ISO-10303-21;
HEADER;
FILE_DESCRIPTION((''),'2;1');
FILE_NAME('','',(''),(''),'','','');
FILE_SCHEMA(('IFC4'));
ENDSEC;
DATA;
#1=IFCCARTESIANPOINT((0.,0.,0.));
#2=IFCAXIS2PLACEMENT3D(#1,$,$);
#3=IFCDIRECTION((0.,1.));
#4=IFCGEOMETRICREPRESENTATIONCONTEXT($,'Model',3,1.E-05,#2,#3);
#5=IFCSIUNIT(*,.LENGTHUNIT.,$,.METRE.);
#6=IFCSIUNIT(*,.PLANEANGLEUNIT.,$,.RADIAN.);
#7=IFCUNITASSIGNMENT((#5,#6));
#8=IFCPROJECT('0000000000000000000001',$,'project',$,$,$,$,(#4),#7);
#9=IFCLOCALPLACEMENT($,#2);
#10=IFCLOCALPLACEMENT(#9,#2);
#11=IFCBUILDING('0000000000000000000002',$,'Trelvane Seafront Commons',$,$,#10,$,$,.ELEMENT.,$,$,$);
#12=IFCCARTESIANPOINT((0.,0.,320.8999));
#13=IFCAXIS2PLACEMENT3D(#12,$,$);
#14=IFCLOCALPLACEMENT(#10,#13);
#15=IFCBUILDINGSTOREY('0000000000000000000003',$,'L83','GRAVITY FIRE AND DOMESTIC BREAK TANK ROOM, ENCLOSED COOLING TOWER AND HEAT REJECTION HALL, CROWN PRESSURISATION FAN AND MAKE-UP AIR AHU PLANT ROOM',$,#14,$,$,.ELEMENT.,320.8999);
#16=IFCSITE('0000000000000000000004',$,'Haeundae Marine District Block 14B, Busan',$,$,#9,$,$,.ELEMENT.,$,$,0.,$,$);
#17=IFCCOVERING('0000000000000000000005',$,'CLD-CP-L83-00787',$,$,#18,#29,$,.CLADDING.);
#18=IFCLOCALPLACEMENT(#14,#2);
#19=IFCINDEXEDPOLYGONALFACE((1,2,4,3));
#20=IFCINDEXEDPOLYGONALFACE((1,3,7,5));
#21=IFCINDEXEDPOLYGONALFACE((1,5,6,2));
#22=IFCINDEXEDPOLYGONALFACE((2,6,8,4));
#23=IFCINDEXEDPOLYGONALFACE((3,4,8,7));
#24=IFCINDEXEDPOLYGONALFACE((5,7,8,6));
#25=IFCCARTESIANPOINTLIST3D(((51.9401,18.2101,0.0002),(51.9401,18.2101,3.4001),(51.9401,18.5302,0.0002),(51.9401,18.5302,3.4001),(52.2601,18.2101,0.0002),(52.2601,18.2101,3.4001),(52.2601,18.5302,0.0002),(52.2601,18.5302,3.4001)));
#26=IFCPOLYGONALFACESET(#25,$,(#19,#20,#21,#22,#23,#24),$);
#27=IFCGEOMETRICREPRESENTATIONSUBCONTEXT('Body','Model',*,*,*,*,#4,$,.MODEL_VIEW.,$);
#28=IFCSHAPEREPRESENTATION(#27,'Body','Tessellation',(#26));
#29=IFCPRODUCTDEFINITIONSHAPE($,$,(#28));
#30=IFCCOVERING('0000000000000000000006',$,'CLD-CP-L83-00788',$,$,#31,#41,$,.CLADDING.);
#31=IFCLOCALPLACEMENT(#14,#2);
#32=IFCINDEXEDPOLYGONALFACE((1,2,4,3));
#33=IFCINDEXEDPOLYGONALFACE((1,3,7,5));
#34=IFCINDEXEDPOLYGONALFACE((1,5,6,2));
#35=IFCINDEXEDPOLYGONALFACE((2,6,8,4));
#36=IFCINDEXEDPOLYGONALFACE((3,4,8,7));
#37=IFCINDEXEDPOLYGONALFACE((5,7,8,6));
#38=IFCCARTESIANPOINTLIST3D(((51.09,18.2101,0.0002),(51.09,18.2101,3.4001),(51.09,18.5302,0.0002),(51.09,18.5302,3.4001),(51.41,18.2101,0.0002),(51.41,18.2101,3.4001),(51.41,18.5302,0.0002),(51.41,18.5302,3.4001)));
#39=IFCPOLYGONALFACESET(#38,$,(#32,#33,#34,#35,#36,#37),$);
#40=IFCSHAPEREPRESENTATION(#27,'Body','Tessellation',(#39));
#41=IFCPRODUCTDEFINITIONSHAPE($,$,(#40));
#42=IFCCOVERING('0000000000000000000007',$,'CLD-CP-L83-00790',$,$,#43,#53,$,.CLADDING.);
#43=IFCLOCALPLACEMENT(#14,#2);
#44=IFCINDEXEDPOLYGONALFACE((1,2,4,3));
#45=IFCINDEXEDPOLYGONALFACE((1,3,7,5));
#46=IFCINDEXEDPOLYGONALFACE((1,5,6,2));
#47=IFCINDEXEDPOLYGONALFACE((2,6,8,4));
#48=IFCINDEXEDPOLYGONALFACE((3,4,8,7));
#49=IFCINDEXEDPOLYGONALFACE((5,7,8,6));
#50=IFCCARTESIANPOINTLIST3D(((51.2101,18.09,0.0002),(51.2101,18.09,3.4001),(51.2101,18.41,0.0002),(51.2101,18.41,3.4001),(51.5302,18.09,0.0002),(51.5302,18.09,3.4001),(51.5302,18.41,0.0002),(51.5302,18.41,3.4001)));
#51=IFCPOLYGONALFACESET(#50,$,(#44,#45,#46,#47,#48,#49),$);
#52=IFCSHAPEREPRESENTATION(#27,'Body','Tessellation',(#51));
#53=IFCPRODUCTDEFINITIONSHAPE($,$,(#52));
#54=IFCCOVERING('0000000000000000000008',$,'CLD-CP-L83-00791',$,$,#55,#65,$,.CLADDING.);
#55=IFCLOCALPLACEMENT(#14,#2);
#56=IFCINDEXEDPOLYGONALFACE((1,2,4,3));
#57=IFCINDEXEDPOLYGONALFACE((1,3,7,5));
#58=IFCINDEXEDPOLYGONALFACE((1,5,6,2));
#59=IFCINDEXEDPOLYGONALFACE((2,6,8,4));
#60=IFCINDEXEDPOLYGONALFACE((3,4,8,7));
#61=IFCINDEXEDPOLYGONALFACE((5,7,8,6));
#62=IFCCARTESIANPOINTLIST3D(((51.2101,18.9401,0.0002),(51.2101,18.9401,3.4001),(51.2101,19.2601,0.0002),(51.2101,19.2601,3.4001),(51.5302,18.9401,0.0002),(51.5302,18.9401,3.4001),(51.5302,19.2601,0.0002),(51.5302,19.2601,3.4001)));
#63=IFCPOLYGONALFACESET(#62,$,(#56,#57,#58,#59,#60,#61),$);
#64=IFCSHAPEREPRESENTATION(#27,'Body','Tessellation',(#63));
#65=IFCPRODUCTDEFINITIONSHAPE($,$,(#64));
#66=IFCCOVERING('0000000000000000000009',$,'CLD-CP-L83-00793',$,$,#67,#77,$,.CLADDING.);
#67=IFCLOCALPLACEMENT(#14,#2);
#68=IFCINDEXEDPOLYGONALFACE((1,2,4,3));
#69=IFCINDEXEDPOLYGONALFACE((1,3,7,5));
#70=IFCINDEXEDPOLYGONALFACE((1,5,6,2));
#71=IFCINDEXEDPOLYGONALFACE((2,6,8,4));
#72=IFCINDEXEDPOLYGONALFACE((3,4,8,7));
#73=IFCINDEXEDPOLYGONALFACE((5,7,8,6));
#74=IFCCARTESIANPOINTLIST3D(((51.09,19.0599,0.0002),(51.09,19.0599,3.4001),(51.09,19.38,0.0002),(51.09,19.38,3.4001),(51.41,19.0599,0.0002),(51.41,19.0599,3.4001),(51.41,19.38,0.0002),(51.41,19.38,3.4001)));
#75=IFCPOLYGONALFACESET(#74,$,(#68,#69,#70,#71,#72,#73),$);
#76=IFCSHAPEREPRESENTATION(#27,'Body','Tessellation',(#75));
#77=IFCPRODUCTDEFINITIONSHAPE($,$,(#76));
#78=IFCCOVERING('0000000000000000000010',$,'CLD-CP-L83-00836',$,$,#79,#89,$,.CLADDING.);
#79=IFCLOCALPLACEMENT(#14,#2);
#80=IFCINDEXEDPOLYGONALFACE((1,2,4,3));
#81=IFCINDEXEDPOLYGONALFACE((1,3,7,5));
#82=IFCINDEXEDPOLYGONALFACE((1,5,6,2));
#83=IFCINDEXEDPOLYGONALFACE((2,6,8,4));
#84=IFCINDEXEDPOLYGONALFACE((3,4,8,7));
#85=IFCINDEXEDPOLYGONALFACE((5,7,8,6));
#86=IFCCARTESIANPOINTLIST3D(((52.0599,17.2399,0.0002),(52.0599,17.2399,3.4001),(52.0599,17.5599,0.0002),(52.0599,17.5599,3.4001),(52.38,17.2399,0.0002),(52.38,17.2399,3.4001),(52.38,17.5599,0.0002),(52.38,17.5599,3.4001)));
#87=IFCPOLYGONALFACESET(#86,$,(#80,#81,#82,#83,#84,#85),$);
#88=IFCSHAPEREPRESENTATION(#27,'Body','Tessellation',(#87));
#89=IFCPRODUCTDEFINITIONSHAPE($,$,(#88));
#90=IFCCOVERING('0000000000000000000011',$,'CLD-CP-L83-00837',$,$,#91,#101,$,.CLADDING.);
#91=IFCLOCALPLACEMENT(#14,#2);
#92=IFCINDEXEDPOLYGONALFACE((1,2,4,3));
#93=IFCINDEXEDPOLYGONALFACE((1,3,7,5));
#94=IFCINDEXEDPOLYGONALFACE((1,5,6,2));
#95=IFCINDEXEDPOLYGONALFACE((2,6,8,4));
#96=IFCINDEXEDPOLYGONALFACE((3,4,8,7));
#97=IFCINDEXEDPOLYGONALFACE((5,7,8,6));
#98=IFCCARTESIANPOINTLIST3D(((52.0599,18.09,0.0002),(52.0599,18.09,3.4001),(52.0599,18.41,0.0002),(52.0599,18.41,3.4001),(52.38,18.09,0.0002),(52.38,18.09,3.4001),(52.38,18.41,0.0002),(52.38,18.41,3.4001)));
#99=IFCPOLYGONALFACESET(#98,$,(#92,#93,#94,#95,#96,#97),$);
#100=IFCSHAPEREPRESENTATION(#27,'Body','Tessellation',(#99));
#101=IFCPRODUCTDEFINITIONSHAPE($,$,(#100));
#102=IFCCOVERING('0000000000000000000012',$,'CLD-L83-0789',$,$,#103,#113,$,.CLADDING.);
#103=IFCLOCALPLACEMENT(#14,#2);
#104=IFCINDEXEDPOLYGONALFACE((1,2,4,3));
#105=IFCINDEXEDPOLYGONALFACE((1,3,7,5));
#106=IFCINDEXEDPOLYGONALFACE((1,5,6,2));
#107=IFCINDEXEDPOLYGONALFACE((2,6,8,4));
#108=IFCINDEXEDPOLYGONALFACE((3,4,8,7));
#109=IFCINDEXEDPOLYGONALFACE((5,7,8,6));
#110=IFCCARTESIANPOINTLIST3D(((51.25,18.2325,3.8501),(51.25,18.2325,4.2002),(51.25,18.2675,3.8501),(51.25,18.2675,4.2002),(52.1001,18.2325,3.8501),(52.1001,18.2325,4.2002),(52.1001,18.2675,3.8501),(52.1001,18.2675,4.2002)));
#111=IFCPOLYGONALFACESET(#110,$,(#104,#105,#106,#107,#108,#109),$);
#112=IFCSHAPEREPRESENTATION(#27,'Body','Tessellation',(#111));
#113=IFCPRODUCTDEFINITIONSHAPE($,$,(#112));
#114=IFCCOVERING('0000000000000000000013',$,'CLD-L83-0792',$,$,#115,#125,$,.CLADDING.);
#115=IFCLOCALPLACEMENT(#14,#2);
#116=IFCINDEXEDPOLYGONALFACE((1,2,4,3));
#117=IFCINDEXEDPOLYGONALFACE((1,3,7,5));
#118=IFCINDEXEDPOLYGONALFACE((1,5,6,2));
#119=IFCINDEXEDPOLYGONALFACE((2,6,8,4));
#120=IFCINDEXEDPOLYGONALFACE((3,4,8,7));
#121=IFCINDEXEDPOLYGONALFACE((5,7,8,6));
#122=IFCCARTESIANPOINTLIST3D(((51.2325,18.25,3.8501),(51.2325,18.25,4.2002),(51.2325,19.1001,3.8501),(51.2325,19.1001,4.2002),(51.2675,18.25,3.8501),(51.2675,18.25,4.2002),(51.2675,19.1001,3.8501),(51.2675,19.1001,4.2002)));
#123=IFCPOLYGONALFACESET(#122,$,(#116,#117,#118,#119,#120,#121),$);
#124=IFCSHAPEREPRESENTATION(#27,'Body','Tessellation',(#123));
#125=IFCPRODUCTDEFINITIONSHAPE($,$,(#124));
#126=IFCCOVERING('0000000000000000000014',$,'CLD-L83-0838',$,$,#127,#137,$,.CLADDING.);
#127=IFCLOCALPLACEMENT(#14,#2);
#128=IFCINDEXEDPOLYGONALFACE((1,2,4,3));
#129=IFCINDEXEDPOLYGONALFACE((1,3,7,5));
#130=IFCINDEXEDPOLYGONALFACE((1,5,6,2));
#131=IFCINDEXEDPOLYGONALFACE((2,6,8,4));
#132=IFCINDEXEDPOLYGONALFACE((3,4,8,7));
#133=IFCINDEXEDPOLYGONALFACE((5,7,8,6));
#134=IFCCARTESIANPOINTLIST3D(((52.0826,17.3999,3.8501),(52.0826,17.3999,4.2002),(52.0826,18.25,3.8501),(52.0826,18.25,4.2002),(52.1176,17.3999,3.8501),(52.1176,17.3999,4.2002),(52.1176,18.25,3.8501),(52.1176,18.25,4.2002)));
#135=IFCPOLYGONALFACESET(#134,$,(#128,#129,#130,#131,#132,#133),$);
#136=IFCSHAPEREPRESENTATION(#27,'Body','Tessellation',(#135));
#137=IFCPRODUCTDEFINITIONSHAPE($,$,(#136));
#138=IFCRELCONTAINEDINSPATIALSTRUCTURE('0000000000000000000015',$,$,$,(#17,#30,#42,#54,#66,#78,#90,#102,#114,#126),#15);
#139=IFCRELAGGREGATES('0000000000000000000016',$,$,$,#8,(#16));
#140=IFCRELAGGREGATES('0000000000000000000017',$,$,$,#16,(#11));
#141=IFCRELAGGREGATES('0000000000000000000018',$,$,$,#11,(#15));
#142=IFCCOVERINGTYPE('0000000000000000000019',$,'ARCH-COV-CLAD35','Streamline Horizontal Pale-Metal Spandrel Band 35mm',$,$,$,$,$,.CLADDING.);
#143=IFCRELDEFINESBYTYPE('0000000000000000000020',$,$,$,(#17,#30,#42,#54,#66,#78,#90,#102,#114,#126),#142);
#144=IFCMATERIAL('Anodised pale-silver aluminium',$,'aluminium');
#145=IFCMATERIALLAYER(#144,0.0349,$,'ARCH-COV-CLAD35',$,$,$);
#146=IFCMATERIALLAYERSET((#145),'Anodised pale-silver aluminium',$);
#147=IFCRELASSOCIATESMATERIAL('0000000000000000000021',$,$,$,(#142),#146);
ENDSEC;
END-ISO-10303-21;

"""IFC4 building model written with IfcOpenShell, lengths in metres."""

from ifc_helpers import new_model, si_unit, direction, frame, origin, origin_2d, place, context, subcontext, project, spatial, rectangle, extrude, source, transform, mapped, material, layer, layer_set, type_object, element, save


model = new_model("IFC4")

# Units and contexts
model_context = context("Model", 3, precision=1e-05, world=origin(), true_north=direction((0.0, 1.0)))
body_context = subcontext(model_context, "Body", "Model", "MODEL_VIEW")
ifc_project = project(units=[si_unit("LENGTHUNIT", "METRE"), si_unit("PLANEANGLEUNIT", "RADIAN")], contexts=[model_context])

# Site, building, storey
site_placement = place(None, origin())
site = spatial("IfcSite", under=ifc_project, at=site_placement, Name="Haeundae Marine District Block 14B, Busan", CompositionType="ELEMENT", RefElevation=0.0)
building_placement = place(site_placement, origin())
building = spatial("IfcBuilding", under=site, at=building_placement, Name="Trelvane Seafront Commons", CompositionType="ELEMENT")
storey_placement = place(building_placement, frame((0.0, 0.0, 320.8999)))
storey = spatial("IfcBuildingStorey", under=building, at=storey_placement, Name="L83", Description="GRAVITY FIRE AND DOMESTIC BREAK TANK ROOM, ENCLOSED COOLING TOWER AND HEAT REJECTION HALL, CROWN PRESSURISATION FAN AND MAKE-UP AIR AHU PLANT ROOM", CompositionType="ELEMENT", Elevation=320.8999)

# Shared definitions
ifc_material_1 = material(Name="Anodised pale-silver aluminium", Category="aluminium")

# Coverings
ifc_layer_1 = layer(ifc_material_1, 0.0349, Name="ARCH-COV-CLAD35")
ifc_layer_set_1 = layer_set([ifc_layer_1], Name="Anodised pale-silver aluminium")
covering_type = type_object("IfcCoveringType", Name="ARCH-COV-CLAD35", Description="Streamline Horizontal Pale-Metal Spandrel Band 35mm", PredefinedType="CLADDING", material=ifc_layer_set_1)
shared_shape_1 = source(origin(), body_context, "Body", "SweptSolid", [
    extrude(rectangle(XDim=0.3201, YDim=0.3201, at=origin_2d()), origin(), (0.0, 0.0, 1.0), 3.3999),
])
for number, where, z_axis, x_axis, name in (
    (1, (52.1001, 18.3701, 0.0002), (0.0, 0.0, 1.0), (1.0, 0.0, 0.0), "CLD-CP-L83-00787"),
    (2, (51.25, 18.3701, 0.0002), (0.0, 0.0, 1.0), (1.0, 0.0, 0.0), "CLD-CP-L83-00788"),
    (3, (51.3701, 18.25, 0.0002), (0.0, 0.0, 1.0), (1.0, 0.0, 0.0), "CLD-CP-L83-00790"),
    (4, (51.3701, 19.1001, 0.0002), (0.0, 0.0, 1.0), (1.0, 0.0, 0.0), "CLD-CP-L83-00791"),
    (5, (51.25, 19.22, 0.0002), (0.0, 0.0, 1.0), (1.0, 0.0, 0.0), "CLD-CP-L83-00793"),
    (6, (52.22, 17.3999, 0.0002), (0.0, 0.0, 1.0), (1.0, 0.0, 0.0), "CLD-CP-L83-00836"),
    (7, (52.22, 18.25, 0.0002), (0.0, 0.0, 1.0), (1.0, 0.0, 0.0), "CLD-CP-L83-00837"),
):
    element("IfcCovering", number, at=place(storey_placement, frame(where, z_axis=z_axis, x_axis=x_axis)), inside=storey, type_object=covering_type, Name=name, PredefinedType="CLADDING", context=body_context, shape_type="MappedRepresentation", body=[
        mapped(shared_shape_1, transform((0.0, 0.0, 0.0), x_axis=(1.0, 0.0, 0.0), y_axis=(0.0, 1.0, 0.0), z_axis=(0.0, 0.0, 1.0), scale=1.0)),
    ])
shared_shape_2 = source(origin(), body_context, "Body", "SweptSolid", [
    extrude(rectangle(XDim=0.8501, YDim=0.0349, at=origin_2d()), origin(), (0.0, 0.0, 1.0), 0.3501),
])
for number, where, z_axis, x_axis, name in (
    (8, (51.675, 18.25, 3.8501), (0.0, 0.0, 1.0), (-1.0, 0.0, 0.0), "CLD-L83-0789"),
    (9, (51.25, 18.675, 3.8501), (0.0, 0.0, 1.0), (0.0, 1.0, 0.0), "CLD-L83-0792"),
    (10, (52.1001, 17.825, 3.8501), (0.0, 0.0, 1.0), (0.0, 1.0, 0.0), "CLD-L83-0838"),
):
    element("IfcCovering", number, at=place(storey_placement, frame(where, z_axis=z_axis, x_axis=x_axis)), inside=storey, type_object=covering_type, Name=name, PredefinedType="CLADDING", context=body_context, shape_type="MappedRepresentation", body=[
        mapped(shared_shape_2, transform((0.0, 0.0, 0.0), x_axis=(1.0, 0.0, 0.0), y_axis=(0.0, 1.0, 0.0), z_axis=(0.0, 0.0, 1.0), scale=1.0)),
    ])

save(model, "model.ifc")
